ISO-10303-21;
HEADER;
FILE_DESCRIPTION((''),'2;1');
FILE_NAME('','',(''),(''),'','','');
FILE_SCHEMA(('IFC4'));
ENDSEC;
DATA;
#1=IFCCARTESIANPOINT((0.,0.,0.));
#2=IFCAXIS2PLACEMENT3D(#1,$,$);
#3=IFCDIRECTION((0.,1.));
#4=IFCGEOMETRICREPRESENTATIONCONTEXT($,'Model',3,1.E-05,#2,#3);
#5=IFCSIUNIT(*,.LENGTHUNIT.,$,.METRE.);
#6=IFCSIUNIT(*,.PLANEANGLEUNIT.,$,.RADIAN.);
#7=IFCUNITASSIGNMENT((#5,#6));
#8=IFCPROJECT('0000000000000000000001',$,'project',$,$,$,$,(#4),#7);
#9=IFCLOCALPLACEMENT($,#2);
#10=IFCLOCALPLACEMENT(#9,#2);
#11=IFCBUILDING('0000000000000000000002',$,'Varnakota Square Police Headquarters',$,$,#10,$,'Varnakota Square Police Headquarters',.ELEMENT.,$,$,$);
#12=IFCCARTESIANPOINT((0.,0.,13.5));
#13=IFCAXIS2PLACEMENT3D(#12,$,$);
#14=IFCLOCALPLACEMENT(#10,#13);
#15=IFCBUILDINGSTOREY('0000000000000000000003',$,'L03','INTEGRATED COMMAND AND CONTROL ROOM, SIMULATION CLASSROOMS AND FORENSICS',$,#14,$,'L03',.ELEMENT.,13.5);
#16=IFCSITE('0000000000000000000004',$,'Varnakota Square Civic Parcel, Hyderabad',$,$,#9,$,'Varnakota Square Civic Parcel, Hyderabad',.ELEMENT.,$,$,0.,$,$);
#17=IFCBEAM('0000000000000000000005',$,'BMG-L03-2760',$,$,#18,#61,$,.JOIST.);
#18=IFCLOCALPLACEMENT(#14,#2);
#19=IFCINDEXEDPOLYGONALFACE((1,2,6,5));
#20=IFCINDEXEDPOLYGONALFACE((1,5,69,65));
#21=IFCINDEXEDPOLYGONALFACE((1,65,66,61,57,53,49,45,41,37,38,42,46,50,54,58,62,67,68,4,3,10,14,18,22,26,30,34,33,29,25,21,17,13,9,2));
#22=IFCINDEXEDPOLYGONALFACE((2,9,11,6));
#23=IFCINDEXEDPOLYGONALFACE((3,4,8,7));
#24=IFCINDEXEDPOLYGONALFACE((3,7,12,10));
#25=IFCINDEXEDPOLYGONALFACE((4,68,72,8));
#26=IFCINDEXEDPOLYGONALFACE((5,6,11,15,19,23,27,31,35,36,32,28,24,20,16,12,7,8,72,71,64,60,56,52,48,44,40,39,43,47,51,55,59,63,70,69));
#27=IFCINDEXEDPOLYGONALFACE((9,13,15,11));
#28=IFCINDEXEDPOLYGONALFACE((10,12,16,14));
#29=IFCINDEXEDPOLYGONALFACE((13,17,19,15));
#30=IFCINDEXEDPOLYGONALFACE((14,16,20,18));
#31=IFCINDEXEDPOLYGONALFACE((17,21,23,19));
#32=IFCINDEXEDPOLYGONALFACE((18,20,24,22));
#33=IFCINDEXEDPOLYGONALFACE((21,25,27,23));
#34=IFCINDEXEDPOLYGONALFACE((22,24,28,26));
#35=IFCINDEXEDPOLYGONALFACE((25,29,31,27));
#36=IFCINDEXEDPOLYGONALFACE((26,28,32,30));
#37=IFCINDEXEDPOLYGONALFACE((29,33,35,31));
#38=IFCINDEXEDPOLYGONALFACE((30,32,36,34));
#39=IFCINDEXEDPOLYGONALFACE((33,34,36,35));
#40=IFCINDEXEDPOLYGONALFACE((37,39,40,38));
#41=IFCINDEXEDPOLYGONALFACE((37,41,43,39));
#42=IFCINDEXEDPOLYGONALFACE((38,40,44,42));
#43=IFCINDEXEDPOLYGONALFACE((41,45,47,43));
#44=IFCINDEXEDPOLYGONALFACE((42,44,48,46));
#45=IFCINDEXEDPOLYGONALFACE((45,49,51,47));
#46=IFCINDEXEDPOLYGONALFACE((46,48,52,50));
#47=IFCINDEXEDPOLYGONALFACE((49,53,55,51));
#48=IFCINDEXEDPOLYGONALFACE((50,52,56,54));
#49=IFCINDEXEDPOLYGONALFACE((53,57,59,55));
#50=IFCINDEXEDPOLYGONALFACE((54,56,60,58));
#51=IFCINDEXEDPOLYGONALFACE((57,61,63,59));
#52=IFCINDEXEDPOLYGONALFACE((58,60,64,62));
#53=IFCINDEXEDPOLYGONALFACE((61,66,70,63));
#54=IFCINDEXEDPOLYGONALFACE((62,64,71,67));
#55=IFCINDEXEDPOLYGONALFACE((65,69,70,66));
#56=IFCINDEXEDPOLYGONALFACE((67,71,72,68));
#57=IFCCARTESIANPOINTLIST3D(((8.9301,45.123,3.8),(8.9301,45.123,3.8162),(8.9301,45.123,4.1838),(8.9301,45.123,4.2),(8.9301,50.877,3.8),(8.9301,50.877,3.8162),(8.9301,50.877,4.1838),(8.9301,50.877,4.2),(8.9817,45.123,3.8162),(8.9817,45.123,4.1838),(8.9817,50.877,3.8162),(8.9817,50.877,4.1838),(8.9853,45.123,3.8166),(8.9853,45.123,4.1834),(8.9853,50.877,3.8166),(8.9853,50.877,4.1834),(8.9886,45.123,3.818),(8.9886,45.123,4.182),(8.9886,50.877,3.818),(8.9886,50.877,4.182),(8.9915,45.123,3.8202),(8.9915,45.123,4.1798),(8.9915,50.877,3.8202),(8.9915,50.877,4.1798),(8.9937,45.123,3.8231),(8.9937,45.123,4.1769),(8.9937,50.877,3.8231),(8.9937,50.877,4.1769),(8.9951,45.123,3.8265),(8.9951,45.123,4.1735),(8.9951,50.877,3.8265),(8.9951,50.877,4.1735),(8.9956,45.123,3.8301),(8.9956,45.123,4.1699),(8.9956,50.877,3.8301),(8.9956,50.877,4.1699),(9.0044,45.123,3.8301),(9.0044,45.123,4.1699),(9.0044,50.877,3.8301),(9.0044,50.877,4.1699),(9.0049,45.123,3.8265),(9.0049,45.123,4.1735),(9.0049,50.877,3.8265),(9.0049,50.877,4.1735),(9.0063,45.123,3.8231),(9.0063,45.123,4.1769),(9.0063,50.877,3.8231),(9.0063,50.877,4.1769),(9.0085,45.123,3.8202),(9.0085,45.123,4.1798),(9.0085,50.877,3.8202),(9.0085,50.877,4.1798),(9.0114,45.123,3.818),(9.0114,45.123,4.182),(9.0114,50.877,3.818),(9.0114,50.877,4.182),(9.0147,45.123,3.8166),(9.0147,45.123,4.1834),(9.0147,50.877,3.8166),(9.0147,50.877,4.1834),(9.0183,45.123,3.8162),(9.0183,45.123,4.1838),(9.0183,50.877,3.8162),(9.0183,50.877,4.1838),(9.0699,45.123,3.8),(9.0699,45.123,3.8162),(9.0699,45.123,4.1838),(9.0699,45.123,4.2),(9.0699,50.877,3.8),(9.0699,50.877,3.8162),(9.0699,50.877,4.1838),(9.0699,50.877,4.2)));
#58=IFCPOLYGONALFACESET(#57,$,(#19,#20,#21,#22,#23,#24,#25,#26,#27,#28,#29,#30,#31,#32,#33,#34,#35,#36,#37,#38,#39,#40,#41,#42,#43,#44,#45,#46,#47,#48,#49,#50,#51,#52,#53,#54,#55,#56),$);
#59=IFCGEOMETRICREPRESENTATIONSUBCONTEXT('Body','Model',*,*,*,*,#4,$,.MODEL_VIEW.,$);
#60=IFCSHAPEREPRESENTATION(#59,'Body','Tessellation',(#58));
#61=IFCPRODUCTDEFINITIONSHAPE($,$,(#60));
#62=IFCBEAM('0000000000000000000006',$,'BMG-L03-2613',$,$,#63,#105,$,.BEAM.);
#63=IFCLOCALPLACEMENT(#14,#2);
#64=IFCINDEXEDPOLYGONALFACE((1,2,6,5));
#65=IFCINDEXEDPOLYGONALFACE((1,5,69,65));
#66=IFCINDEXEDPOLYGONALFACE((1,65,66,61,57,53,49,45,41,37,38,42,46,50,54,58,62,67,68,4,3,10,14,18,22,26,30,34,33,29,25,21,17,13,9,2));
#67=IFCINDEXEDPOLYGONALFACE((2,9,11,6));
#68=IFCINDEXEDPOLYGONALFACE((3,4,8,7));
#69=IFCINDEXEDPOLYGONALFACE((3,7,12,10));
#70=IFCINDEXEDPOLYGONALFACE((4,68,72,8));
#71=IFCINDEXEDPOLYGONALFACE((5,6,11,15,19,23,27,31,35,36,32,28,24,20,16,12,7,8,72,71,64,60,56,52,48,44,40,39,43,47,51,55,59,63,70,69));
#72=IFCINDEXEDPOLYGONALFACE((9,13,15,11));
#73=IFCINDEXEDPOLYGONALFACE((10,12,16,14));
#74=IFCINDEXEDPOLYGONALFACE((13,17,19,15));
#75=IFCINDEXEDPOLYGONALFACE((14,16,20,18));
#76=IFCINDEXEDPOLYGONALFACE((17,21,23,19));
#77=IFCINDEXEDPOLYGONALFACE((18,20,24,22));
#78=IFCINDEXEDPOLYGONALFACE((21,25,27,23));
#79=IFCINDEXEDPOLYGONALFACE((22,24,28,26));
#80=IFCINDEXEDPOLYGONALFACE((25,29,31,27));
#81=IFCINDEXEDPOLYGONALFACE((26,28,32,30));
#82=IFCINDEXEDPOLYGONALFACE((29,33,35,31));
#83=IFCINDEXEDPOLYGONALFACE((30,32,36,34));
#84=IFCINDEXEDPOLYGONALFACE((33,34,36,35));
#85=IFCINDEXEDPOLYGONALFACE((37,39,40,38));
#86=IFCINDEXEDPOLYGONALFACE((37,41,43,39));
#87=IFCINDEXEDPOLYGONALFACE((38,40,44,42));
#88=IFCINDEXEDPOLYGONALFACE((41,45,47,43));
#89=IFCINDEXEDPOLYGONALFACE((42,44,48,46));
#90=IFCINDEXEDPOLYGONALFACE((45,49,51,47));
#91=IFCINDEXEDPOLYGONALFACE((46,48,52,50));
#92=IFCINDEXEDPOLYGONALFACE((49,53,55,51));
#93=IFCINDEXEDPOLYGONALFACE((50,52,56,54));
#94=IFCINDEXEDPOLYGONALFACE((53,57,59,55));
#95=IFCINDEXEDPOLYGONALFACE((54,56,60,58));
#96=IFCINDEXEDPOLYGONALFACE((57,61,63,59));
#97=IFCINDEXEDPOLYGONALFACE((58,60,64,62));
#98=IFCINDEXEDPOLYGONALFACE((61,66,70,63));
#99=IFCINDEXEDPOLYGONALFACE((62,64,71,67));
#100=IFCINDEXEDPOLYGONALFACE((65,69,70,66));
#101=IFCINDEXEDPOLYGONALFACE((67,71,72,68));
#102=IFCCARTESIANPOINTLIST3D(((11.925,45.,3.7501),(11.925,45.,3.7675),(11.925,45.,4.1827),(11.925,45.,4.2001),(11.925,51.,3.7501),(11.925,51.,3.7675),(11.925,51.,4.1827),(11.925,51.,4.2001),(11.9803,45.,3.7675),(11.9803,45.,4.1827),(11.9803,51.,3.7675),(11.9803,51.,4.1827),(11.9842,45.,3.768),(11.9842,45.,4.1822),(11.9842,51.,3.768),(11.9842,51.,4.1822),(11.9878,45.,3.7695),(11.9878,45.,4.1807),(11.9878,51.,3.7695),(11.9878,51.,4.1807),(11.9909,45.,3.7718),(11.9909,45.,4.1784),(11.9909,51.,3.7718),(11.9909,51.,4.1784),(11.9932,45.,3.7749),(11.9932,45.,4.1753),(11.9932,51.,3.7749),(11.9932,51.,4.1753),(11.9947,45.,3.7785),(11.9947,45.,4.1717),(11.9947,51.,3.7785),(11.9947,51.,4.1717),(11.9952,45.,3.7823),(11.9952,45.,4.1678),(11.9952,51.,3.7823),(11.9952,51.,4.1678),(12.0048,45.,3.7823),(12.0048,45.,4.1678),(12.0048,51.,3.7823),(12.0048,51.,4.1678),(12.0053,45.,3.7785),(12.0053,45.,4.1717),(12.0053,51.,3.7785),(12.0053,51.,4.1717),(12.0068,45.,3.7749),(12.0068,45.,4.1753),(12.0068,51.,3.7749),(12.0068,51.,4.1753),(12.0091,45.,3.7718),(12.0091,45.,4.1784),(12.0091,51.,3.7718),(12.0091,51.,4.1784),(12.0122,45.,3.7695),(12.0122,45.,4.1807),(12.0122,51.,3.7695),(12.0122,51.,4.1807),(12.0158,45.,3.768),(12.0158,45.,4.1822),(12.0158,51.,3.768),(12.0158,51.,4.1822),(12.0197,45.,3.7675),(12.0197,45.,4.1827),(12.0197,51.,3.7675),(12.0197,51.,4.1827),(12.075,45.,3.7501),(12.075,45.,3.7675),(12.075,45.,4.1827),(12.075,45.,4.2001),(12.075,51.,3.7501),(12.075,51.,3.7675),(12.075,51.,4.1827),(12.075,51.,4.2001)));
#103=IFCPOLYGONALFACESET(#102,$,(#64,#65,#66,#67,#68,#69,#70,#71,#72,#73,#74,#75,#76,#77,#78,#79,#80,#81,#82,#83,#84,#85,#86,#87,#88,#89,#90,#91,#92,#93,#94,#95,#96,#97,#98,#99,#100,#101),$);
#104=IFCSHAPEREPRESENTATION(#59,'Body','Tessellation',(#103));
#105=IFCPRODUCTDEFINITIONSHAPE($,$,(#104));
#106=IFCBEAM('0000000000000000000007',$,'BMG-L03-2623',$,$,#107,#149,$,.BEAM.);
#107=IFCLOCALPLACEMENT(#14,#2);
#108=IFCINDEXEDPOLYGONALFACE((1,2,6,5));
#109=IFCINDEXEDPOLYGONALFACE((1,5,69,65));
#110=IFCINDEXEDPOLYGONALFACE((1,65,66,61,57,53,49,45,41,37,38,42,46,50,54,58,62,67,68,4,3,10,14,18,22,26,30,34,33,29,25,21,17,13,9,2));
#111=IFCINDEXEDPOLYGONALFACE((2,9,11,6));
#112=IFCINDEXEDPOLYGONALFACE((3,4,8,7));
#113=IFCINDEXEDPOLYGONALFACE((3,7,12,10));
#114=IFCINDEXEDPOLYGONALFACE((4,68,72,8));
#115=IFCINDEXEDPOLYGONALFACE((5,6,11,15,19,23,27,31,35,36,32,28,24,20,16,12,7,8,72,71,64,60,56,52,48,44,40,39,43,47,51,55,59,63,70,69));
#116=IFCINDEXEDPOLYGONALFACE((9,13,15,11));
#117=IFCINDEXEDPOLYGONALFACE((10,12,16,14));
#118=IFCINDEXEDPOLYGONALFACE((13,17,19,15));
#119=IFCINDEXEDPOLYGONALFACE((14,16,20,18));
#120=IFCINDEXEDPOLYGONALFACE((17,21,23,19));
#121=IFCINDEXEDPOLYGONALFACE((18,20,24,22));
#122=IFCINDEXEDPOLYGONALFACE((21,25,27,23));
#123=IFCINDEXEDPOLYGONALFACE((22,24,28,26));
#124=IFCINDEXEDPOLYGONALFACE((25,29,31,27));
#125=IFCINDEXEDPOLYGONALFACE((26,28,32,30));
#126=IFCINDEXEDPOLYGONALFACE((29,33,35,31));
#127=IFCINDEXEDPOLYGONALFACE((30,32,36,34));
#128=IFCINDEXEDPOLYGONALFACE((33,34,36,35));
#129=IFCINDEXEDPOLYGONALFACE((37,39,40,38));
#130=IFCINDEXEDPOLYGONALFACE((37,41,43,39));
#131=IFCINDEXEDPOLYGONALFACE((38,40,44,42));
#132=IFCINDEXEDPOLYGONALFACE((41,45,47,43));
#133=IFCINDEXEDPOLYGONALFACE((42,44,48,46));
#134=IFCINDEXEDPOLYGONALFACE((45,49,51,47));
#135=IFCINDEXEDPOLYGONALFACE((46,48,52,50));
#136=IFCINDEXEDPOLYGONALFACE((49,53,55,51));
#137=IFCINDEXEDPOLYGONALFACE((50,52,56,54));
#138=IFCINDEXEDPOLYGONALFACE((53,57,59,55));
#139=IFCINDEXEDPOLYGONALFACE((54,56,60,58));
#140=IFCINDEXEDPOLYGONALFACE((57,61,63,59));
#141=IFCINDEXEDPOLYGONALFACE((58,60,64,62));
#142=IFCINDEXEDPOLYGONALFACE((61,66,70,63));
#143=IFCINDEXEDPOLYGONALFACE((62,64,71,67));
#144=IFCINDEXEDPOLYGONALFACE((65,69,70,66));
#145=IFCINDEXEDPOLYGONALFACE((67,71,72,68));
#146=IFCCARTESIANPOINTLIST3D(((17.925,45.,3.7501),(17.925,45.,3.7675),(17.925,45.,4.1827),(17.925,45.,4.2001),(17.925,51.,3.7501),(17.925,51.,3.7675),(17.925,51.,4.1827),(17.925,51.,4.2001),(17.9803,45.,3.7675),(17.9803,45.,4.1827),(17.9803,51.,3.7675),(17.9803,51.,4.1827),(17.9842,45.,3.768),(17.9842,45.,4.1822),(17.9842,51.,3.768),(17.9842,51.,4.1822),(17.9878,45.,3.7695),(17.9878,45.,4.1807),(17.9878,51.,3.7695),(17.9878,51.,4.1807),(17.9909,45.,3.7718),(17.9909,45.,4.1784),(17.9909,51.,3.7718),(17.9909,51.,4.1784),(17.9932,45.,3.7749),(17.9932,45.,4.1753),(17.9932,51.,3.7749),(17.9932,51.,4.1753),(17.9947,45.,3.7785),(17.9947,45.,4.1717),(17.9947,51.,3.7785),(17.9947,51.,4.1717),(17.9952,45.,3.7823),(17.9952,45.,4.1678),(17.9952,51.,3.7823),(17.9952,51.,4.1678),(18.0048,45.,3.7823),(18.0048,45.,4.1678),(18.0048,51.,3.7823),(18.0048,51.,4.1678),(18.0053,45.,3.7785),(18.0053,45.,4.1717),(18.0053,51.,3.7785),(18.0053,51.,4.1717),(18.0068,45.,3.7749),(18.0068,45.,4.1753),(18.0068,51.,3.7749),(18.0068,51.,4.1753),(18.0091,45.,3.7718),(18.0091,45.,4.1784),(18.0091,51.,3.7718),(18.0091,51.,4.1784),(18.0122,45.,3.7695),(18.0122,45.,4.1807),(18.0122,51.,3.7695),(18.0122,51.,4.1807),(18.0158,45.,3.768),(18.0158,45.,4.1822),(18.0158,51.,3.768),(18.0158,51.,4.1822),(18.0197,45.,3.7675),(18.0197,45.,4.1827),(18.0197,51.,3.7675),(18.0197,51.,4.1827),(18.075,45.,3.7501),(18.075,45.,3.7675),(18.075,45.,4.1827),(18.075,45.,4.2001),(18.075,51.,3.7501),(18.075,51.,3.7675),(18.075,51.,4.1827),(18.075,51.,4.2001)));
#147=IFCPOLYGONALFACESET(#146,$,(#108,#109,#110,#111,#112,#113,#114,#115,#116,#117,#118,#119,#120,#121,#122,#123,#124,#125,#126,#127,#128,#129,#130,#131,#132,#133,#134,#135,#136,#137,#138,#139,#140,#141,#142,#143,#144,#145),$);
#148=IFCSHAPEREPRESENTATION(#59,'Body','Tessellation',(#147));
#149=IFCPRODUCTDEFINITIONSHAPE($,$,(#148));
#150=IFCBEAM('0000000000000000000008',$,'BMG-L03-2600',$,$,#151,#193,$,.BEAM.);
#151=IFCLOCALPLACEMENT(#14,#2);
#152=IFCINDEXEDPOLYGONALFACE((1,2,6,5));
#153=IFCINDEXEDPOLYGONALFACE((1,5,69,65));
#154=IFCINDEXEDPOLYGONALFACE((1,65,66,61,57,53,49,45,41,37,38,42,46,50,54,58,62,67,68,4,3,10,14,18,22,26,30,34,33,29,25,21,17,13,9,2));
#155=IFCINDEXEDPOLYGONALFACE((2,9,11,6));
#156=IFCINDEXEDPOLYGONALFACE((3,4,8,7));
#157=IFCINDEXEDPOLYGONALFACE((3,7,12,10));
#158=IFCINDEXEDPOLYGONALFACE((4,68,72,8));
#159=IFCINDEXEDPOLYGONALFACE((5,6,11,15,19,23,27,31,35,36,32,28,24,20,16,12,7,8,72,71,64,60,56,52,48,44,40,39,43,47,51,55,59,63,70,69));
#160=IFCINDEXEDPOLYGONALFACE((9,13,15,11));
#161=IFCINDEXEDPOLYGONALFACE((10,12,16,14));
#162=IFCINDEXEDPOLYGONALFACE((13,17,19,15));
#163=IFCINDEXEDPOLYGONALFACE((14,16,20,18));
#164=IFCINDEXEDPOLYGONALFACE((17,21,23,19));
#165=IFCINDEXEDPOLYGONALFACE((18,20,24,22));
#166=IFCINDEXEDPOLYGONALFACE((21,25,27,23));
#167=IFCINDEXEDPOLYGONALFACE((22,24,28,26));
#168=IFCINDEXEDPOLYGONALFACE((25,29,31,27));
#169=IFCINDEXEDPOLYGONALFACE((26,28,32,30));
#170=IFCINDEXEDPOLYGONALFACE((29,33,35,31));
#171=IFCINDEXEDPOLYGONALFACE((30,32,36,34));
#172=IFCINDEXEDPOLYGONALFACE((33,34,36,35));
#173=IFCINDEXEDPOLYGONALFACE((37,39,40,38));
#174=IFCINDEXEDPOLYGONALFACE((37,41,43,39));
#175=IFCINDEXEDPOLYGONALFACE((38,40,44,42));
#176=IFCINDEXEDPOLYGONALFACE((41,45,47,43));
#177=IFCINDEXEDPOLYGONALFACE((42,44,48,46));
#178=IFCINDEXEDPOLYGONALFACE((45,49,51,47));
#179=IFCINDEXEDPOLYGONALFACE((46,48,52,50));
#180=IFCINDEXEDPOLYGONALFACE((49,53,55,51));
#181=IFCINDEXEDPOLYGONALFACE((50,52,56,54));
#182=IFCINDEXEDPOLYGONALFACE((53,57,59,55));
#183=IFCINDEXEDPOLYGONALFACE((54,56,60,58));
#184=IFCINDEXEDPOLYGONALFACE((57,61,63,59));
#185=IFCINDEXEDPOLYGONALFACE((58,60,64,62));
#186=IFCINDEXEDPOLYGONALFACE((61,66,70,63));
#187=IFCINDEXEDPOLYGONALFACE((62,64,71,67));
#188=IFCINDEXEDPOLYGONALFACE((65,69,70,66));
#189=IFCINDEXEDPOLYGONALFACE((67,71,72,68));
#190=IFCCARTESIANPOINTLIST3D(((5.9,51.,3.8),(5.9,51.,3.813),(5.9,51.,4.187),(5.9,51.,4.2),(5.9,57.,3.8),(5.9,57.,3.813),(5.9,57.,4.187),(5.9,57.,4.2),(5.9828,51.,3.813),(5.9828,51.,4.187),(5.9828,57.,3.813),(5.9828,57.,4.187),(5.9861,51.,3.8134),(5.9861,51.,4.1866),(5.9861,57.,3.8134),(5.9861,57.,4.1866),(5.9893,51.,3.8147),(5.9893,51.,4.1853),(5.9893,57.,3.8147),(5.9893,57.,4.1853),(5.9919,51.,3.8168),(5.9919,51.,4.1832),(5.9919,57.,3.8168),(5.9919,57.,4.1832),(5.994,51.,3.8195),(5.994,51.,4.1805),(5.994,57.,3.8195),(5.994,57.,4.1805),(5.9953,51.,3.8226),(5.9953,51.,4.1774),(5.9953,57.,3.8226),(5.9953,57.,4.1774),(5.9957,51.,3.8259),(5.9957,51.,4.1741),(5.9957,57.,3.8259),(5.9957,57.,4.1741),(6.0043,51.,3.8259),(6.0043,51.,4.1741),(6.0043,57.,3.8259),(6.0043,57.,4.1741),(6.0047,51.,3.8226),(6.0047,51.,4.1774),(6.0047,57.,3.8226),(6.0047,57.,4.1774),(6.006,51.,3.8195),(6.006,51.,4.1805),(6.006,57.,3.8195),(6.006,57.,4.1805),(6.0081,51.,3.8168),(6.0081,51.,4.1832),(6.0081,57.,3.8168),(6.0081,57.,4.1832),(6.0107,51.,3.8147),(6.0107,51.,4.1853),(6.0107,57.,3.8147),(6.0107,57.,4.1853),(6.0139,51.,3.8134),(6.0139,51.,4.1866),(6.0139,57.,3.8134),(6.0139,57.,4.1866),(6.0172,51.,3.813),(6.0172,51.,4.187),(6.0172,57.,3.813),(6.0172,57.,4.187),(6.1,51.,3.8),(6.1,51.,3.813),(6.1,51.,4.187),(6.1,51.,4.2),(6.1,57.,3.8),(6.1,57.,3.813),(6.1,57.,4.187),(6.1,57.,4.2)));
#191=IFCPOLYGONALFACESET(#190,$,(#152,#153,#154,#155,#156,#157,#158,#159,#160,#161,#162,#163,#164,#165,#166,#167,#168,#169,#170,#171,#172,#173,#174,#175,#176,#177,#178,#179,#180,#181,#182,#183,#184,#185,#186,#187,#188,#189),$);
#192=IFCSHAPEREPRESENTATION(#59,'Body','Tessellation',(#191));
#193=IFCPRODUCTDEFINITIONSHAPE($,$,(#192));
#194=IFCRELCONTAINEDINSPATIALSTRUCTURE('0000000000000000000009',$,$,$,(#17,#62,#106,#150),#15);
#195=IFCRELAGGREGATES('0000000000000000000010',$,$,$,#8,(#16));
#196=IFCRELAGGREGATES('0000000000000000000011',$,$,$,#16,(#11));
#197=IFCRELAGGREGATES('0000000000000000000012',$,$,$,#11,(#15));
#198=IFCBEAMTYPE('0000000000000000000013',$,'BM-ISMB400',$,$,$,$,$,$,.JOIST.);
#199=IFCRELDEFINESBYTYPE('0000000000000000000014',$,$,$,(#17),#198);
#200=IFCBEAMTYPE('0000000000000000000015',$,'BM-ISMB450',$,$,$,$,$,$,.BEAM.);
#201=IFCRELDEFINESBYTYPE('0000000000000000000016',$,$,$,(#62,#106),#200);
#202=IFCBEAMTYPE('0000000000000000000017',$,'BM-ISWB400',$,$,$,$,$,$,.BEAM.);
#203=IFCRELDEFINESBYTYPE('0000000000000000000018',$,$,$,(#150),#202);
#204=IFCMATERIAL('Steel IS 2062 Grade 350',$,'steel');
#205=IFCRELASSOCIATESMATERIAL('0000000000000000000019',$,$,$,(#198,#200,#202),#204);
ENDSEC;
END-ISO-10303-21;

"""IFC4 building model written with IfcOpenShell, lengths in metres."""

from ifc_helpers import new_model, si_unit, direction, frame, origin, origin_2d, place, context, subcontext, project, spatial, i_section, extrude, material, material_profile, profile_set, type_object, element, save


model = new_model("IFC4")

# Units and contexts
model_context = context("Model", 3, precision=1e-05, world=origin(), true_north=direction((0.0, 1.0)))
body_context = subcontext(model_context, "Body", "Model", "MODEL_VIEW")
ifc_project = project(units=[si_unit("LENGTHUNIT", "METRE"), si_unit("PLANEANGLEUNIT", "RADIAN")], contexts=[model_context])

# Site, building, storey
site_placement = place(None, origin())
site = spatial("IfcSite", under=ifc_project, at=site_placement, Name="Varnakota Square Civic Parcel, Hyderabad", LongName="Varnakota Square Civic Parcel, Hyderabad", CompositionType="ELEMENT", RefElevation=0.0)
building_placement = place(site_placement, origin())
building = spatial("IfcBuilding", under=site, at=building_placement, Name="Varnakota Square Police Headquarters", LongName="Varnakota Square Police Headquarters", CompositionType="ELEMENT")
storey_placement = place(building_placement, frame((0.0, 0.0, 13.5)))
storey = spatial("IfcBuildingStorey", under=building, at=storey_placement, Name="L03", Description="INTEGRATED COMMAND AND CONTROL ROOM, SIMULATION CLASSROOMS AND FORENSICS", LongName="L03", CompositionType="ELEMENT", Elevation=13.5)

# Shared definitions
ifc_material_1 = material(Name="Steel IS 2062 Grade 350", Category="steel")

# Beams
ifc_material_profile_1 = material_profile(ifc_material_1, i_section(OverallWidth=0.1399, OverallDepth=0.3999, WebThickness=0.0088, FlangeThickness=0.0161, FilletRadius=0.0139, at=origin_2d()), Name="ISMB 400")
ifc_profile_set_1 = profile_set([ifc_material_profile_1], Name="Steel IS 2062 Grade 350")
beam_type_1 = type_object("IfcBeamType", Name="BM-ISMB400", PredefinedType="JOIST", material=ifc_profile_set_1)
beam_1_placement = place(storey_placement, frame((9.0, 45.123, 4.0), z_axis=(0.0, 1.0, 0.0), x_axis=(-1.0, 0.0, 0.0)))
element("IfcBeam", 1, at=beam_1_placement, inside=storey, type_object=beam_type_1, Name="BMG-L03-2760", PredefinedType="JOIST", context=body_context, shape_type="SweptSolid", body=[
    extrude(i_section(OverallWidth=0.1399, OverallDepth=0.3999, WebThickness=0.0088, FlangeThickness=0.0161, FilletRadius=0.0139, at=origin_2d()), origin(), (0.0, 0.0, 1.0), 5.7539),
])
ifc_material_profile_2 = material_profile(ifc_material_1, i_section(OverallWidth=0.1499, OverallDepth=0.45, WebThickness=0.0095, FlangeThickness=0.0173, FilletRadius=0.0149, at=origin_2d()), Name="ISMB 450")
ifc_profile_set_2 = profile_set([ifc_material_profile_2], Name="Steel IS 2062 Grade 350")
beam_type_2 = type_object("IfcBeamType", Name="BM-ISMB450", PredefinedType="BEAM", material=ifc_profile_set_2)
for number, where, z_axis, x_axis, name in (
    (2, (12.0, 45.0, 3.9751), (0.0, 1.0, 0.0), (-1.0, 0.0, 0.0), "BMG-L03-2613"),
    (3, (18.0, 45.0, 3.9751), (0.0, 1.0, 0.0), (-1.0, 0.0, 0.0), "BMG-L03-2623"),
):
    element("IfcBeam", number, at=place(storey_placement, frame(where, z_axis=z_axis, x_axis=x_axis)), inside=storey, type_object=beam_type_2, Name=name, PredefinedType="BEAM", context=body_context, shape_type="SweptSolid", body=[
        extrude(i_section(OverallWidth=0.1499, OverallDepth=0.45, WebThickness=0.0095, FlangeThickness=0.0173, FilletRadius=0.0149, at=origin_2d()), origin(), (0.0, 0.0, 1.0), 6.0),
    ])
ifc_material_profile_3 = material_profile(ifc_material_1, i_section(OverallWidth=0.2, OverallDepth=0.3999, WebThickness=0.0085, FlangeThickness=0.0129, FilletRadius=0.0129, at=origin_2d()), Name="ISWB 400")
ifc_profile_set_3 = profile_set([ifc_material_profile_3], Name="Steel IS 2062 Grade 350")
beam_type_3 = type_object("IfcBeamType", Name="BM-ISWB400", PredefinedType="BEAM", material=ifc_profile_set_3)
for number, where, z_axis, x_axis, name in (
    (4, (6.0, 51.0, 4.0), (0.0, 1.0, 0.0), (-1.0, 0.0, 0.0), "BMG-L03-2600"),
):
    element("IfcBeam", number, at=place(storey_placement, frame(where, z_axis=z_axis, x_axis=x_axis)), inside=storey, type_object=beam_type_3, Name=name, PredefinedType="BEAM", context=body_context, shape_type="SweptSolid", body=[
        extrude(i_section(OverallWidth=0.2, OverallDepth=0.3999, WebThickness=0.0085, FlangeThickness=0.0129, FilletRadius=0.0129, at=origin_2d()), origin(), (0.0, 0.0, 1.0), 6.0),
    ])

save(model, "model.ifc")
